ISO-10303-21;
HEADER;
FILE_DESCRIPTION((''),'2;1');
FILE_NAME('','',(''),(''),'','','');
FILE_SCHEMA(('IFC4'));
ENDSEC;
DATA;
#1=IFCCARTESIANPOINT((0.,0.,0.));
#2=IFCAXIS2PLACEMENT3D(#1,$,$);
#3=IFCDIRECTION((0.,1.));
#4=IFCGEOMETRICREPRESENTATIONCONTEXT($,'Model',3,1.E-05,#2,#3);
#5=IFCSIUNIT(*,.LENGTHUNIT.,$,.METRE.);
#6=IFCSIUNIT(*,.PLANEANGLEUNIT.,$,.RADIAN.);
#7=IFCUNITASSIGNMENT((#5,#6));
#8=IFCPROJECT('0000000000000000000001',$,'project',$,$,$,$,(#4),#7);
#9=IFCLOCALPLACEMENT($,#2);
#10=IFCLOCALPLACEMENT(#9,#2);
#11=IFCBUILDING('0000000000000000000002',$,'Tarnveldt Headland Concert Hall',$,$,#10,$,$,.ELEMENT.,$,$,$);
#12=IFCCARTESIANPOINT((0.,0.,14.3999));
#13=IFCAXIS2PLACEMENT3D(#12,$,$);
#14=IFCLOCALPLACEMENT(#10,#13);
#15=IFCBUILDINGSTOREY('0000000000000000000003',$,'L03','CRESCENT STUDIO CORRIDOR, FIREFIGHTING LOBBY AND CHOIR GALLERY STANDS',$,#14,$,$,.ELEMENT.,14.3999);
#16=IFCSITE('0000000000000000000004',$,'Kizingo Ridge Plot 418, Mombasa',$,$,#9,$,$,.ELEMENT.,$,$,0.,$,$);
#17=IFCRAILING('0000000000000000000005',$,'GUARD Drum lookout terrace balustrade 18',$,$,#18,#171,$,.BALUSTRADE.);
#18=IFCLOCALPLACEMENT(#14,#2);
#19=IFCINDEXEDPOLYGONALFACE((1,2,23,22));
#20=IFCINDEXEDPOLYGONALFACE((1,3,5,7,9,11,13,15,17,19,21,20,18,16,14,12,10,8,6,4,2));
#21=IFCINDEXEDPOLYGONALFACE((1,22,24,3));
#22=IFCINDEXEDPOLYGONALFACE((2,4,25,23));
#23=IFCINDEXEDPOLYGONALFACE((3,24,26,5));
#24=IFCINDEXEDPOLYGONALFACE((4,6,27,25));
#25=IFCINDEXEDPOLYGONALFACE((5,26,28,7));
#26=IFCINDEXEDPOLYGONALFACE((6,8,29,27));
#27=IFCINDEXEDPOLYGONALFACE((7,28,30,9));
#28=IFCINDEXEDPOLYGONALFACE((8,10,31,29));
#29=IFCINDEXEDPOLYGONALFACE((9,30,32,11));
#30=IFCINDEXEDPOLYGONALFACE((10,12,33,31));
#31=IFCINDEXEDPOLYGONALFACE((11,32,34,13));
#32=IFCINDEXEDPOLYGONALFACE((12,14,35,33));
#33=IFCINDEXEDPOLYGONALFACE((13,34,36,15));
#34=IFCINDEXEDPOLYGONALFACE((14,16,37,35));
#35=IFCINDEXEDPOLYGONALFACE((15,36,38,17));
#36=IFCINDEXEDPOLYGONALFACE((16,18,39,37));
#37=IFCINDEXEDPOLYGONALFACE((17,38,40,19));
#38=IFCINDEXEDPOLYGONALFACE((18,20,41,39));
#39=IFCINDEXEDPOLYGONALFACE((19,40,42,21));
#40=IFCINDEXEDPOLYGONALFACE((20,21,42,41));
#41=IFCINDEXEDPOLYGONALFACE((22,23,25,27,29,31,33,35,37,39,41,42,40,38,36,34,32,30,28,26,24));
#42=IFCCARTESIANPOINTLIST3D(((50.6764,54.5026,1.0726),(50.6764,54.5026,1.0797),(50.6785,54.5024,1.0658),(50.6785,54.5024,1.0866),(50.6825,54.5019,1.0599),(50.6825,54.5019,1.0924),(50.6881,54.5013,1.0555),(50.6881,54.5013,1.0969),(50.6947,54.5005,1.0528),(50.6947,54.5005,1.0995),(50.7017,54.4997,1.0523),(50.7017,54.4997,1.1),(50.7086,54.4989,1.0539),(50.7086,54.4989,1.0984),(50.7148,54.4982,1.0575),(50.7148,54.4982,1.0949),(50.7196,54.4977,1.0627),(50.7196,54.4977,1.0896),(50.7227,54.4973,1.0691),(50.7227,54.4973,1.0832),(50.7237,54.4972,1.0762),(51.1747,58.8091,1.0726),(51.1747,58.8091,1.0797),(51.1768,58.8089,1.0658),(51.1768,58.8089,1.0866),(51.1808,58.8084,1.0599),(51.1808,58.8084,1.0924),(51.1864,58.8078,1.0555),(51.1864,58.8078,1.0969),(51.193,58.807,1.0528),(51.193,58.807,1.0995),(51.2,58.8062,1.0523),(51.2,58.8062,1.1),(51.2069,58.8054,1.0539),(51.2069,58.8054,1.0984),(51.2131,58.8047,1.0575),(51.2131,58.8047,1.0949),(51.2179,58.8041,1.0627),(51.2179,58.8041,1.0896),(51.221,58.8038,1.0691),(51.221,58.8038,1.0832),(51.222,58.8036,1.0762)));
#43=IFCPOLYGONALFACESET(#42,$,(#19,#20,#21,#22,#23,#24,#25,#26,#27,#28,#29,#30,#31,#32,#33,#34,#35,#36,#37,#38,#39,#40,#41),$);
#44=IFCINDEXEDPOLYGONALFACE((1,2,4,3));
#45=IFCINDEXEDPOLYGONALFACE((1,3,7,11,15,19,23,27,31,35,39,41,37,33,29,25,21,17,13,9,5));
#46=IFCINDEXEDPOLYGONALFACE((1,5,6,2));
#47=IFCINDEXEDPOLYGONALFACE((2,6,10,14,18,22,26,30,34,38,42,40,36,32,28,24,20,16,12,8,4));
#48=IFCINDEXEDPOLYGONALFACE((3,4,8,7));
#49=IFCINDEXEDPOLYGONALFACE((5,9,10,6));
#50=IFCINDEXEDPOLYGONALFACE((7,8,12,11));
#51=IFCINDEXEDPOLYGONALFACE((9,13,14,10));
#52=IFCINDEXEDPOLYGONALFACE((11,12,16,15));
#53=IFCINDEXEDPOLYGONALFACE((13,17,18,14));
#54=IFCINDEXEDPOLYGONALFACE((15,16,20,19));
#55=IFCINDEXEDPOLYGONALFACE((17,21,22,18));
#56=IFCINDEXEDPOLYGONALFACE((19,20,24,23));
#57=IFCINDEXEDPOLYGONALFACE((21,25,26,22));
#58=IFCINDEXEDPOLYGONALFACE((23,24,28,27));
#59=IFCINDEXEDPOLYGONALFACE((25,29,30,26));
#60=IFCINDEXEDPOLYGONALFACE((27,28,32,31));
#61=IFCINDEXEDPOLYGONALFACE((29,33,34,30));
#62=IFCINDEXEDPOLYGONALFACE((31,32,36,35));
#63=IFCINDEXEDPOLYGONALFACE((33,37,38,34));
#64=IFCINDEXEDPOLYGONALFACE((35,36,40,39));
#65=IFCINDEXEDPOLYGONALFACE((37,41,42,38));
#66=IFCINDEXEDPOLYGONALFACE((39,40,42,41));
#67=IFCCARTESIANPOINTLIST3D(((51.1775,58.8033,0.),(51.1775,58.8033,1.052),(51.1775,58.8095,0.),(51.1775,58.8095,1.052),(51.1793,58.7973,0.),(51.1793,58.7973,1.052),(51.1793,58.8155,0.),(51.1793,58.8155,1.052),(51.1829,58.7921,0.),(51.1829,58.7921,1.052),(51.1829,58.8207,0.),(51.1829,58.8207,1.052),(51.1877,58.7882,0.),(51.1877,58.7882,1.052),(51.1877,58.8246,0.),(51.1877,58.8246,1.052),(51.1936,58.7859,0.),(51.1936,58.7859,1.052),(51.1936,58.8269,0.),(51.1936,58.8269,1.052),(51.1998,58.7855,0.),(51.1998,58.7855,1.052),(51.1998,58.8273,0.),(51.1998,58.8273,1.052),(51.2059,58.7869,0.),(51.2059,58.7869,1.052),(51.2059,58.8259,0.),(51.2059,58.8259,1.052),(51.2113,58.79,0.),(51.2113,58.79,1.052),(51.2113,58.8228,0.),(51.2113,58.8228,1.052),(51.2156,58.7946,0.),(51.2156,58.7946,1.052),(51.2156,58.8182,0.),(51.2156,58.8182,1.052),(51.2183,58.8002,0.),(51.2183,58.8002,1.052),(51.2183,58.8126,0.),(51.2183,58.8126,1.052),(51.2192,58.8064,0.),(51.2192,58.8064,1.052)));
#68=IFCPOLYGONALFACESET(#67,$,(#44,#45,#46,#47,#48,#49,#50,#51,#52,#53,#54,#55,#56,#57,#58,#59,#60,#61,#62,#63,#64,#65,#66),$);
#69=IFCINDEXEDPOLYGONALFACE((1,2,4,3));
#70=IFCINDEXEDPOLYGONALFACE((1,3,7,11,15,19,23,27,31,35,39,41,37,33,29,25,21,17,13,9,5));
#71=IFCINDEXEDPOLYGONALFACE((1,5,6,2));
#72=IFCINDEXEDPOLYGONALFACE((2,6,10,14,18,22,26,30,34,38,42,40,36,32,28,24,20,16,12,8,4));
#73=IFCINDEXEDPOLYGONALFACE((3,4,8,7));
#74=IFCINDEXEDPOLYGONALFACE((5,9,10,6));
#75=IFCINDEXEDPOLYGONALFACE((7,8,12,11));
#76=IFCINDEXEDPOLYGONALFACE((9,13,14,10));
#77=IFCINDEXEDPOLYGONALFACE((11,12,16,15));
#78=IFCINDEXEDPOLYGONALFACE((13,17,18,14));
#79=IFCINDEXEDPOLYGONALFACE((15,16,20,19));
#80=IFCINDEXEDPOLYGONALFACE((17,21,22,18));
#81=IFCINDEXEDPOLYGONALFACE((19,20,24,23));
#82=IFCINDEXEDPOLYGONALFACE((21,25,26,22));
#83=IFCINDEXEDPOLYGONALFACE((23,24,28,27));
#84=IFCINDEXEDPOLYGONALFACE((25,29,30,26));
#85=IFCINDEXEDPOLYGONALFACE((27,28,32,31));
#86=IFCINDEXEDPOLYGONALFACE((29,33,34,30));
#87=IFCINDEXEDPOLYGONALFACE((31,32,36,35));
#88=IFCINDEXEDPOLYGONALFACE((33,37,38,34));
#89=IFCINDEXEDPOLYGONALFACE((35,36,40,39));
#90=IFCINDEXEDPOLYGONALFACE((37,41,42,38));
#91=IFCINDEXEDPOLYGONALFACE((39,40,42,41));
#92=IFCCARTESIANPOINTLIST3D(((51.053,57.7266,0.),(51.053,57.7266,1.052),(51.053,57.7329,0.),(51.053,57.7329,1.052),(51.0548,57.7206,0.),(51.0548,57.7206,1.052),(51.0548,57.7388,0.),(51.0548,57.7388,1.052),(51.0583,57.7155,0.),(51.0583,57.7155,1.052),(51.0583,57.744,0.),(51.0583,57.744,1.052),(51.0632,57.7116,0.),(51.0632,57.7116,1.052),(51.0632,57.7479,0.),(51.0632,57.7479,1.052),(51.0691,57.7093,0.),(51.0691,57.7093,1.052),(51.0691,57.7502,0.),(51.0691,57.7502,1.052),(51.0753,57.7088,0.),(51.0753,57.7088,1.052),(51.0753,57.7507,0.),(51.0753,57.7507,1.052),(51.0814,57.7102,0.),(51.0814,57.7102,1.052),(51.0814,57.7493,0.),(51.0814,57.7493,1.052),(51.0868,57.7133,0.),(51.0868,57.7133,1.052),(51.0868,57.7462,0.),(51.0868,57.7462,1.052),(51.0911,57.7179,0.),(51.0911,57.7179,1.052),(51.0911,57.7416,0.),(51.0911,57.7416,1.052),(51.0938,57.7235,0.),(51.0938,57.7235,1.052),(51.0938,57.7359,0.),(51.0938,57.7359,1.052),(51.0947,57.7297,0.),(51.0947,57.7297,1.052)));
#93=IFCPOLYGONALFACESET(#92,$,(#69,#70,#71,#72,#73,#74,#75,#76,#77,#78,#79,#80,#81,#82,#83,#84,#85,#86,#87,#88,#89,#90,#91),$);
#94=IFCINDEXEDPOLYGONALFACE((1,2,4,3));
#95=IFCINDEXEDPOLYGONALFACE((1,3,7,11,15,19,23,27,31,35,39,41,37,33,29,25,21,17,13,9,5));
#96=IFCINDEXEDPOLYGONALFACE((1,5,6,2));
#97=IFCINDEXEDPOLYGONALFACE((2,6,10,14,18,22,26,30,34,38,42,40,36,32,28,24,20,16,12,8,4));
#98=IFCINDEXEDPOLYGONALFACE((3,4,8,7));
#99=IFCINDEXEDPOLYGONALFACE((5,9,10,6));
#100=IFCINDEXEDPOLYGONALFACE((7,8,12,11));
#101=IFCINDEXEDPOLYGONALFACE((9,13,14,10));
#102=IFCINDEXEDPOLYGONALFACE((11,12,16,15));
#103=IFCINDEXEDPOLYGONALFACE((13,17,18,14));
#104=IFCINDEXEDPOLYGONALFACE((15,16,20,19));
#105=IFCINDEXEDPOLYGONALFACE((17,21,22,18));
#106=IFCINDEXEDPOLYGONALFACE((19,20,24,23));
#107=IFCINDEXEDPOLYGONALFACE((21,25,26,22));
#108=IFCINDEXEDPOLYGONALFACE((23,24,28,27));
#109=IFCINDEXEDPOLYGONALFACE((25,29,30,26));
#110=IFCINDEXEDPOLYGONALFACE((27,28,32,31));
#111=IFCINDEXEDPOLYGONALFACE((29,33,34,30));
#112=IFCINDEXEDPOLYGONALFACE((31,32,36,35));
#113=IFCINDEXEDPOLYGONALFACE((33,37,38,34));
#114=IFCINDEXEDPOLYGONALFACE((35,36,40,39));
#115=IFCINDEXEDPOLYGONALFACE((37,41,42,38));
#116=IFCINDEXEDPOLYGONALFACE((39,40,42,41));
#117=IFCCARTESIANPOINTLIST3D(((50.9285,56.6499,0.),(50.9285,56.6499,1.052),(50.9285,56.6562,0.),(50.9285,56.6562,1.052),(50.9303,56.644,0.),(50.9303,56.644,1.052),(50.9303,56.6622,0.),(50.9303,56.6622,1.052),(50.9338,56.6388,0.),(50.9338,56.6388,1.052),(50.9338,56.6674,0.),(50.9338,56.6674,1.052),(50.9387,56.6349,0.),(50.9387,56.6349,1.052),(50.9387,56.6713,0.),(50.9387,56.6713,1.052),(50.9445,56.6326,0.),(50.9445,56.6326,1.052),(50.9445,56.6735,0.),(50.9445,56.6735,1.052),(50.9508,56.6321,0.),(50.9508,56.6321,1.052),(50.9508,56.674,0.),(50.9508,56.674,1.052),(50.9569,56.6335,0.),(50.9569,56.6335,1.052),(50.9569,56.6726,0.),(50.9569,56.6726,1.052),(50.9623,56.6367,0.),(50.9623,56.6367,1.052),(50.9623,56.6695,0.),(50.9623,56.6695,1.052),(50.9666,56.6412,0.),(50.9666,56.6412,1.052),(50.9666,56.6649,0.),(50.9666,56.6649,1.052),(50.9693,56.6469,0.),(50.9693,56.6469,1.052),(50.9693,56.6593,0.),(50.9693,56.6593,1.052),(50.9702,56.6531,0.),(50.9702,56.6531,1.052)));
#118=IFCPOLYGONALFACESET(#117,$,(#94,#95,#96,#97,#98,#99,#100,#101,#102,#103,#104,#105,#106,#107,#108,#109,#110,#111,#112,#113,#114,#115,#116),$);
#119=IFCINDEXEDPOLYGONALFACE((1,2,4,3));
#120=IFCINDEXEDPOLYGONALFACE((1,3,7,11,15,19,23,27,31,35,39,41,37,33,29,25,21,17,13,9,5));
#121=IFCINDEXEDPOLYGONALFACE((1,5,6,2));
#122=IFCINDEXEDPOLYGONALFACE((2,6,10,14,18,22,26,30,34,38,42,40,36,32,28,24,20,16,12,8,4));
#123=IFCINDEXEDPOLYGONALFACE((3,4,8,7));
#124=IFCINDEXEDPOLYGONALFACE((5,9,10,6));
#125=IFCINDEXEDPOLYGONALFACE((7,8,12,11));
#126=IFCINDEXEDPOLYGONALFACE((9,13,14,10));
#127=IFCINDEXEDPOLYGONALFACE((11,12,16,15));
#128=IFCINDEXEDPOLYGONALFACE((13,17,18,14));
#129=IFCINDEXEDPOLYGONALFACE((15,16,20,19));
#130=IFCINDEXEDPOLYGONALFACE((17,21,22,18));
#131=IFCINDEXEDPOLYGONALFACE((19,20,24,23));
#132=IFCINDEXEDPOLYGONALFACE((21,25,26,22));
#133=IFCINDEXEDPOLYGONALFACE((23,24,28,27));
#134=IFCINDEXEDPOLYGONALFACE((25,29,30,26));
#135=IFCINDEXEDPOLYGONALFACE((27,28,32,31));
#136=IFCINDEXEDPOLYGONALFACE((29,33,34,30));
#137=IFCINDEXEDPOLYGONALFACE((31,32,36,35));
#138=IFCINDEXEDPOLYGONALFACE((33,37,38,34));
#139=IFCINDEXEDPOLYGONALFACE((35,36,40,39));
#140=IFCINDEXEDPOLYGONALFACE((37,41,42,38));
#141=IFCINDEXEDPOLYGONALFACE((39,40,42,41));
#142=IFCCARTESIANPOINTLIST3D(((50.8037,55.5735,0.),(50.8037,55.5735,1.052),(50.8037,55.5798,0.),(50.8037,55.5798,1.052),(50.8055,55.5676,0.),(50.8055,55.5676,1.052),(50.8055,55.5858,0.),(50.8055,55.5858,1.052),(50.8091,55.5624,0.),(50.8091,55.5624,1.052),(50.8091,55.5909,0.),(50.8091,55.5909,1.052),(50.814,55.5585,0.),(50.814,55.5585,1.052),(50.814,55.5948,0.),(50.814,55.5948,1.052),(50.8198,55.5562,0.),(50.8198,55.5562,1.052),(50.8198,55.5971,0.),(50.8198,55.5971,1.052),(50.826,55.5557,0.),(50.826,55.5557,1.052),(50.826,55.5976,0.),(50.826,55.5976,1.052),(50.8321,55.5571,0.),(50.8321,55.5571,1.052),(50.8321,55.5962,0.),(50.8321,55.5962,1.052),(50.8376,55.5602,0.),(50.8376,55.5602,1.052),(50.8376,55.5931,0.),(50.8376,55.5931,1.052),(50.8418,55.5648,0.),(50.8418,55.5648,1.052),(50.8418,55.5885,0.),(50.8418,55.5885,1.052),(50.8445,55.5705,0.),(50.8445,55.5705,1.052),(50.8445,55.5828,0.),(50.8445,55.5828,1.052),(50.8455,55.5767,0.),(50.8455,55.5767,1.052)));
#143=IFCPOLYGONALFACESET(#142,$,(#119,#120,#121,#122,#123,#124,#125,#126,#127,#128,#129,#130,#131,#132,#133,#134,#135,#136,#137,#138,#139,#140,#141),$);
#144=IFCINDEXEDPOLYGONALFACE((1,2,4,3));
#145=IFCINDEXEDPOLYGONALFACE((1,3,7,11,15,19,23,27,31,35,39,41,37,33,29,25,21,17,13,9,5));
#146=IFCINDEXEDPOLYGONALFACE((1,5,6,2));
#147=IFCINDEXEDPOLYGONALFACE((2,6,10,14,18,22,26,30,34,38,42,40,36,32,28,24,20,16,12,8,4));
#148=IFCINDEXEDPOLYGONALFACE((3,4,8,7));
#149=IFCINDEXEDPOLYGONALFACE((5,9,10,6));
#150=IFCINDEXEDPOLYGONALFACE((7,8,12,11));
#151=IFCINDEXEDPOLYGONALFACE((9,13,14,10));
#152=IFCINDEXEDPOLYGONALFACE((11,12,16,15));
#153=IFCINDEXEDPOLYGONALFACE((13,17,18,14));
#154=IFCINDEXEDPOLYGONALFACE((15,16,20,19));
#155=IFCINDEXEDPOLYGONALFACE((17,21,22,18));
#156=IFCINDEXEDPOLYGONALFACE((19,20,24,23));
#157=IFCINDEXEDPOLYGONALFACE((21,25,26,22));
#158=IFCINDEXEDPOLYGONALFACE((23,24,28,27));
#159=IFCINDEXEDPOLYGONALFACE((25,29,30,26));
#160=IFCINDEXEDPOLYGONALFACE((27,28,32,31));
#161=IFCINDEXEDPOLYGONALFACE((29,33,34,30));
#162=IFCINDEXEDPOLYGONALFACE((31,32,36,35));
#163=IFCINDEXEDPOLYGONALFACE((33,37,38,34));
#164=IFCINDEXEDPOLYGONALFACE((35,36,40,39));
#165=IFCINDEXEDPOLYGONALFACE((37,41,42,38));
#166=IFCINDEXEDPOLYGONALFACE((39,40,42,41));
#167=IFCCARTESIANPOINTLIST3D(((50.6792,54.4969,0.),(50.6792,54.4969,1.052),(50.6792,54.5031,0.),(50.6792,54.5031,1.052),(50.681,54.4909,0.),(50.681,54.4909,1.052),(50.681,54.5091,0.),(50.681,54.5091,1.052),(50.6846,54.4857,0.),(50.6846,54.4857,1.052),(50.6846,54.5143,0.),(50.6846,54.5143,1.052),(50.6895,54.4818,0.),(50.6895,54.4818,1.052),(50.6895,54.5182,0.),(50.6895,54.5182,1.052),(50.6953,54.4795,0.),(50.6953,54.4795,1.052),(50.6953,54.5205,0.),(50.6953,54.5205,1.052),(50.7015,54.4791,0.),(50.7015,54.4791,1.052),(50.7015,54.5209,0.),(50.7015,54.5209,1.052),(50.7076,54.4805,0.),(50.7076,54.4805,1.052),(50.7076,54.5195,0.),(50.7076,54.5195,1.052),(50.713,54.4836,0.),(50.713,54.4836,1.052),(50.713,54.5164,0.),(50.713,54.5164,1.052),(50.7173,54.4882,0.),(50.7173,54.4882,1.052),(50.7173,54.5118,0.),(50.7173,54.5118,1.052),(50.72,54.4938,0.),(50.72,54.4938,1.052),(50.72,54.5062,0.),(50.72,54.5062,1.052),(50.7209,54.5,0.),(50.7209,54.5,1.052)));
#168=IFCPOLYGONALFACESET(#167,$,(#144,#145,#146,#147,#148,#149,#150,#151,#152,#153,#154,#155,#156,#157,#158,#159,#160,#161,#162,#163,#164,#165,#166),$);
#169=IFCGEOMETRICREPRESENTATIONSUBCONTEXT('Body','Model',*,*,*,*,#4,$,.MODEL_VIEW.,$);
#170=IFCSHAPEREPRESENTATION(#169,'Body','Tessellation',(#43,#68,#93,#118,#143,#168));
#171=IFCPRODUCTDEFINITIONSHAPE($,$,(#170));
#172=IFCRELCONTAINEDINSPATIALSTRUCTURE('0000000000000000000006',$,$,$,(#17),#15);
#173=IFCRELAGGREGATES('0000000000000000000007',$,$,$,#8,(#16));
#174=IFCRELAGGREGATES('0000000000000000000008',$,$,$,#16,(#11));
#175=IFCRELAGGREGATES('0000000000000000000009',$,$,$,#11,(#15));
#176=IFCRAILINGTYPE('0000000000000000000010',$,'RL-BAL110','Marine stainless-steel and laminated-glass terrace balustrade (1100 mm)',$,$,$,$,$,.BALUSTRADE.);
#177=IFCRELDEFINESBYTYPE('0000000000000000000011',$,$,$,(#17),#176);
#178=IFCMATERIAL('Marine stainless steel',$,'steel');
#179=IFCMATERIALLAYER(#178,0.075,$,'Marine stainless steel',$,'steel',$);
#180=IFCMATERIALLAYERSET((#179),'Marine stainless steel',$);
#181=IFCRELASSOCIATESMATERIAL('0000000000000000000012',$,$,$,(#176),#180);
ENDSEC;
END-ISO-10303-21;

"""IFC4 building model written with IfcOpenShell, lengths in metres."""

from ifc_helpers import new_model, si_unit, direction, frame, origin, origin_2d, place, context, subcontext, project, spatial, circle, extrude, material, layer, layer_set, type_object, element, save


model = new_model("IFC4")

# Units and contexts
model_context = context("Model", 3, precision=1e-05, world=origin(), true_north=direction((0.0, 1.0)))
body_context = subcontext(model_context, "Body", "Model", "MODEL_VIEW")
ifc_project = project(units=[si_unit("LENGTHUNIT", "METRE"), si_unit("PLANEANGLEUNIT", "RADIAN")], contexts=[model_context])

# Site, building, storey
site_placement = place(None, origin())
site = spatial("IfcSite", under=ifc_project, at=site_placement, Name="Kizingo Ridge Plot 418, Mombasa", CompositionType="ELEMENT", RefElevation=0.0)
building_placement = place(site_placement, origin())
building = spatial("IfcBuilding", under=site, at=building_placement, Name="Tarnveldt Headland Concert Hall", CompositionType="ELEMENT")
storey_placement = place(building_placement, frame((0.0, 0.0, 14.3999)))
storey = spatial("IfcBuildingStorey", under=building, at=storey_placement, Name="L03", Description="CRESCENT STUDIO CORRIDOR, FIREFIGHTING LOBBY AND CHOIR GALLERY STANDS", CompositionType="ELEMENT", Elevation=14.3999)

# Railing
ifc_material_1 = material(Name="Marine stainless steel", Category="steel")
ifc_layer_1 = layer(ifc_material_1, 0.075, Name="Marine stainless steel", Category="steel")
ifc_layer_set_1 = layer_set([ifc_layer_1], Name="Marine stainless steel")
railing_type = type_object("IfcRailingType", Name="RL-BAL110", Description="Marine stainless-steel and laminated-glass terrace balustrade (1100 mm)", PredefinedType="BALUSTRADE", material=ifc_layer_set_1)
railing_1_placement = place(storey_placement, frame((51.1982, 58.8064, 0.0)))
element("IfcRailing", 1, at=railing_1_placement, inside=storey, type_object=railing_type, Name="GUARD Drum lookout terrace balustrade 18", PredefinedType="BALUSTRADE", context=body_context, shape_type="SweptSolid", body=[
    extrude(circle(Radius=0.0239, at=origin_2d()), frame((0.0, 0.0, 1.0762), z_axis=(-0.114943, -0.993372, 0.0), x_axis=(0.993372, -0.114943, 0.0)), (0.0, 0.0, 1.0), 4.3352),
    extrude(circle(Radius=0.021, at=origin_2d()), origin(), (0.0, 0.0, 1.0), 1.052),
    extrude(circle(Radius=0.021, at=origin_2d()), frame((-0.1245, -1.0767, 0.0)), (0.0, 0.0, 1.0), 1.052),
    extrude(circle(Radius=0.021, at=origin_2d()), frame((-0.249, -2.1533, 0.0)), (0.0, 0.0, 1.0), 1.052),
    extrude(circle(Radius=0.021, at=origin_2d()), frame((-0.3738, -3.2297, 0.0)), (0.0, 0.0, 1.0), 1.052),
    extrude(circle(Radius=0.021, at=origin_2d()), frame((-0.4983, -4.3064, 0.0)), (0.0, 0.0, 1.0), 1.052),
])

save(model, "model.ifc")
